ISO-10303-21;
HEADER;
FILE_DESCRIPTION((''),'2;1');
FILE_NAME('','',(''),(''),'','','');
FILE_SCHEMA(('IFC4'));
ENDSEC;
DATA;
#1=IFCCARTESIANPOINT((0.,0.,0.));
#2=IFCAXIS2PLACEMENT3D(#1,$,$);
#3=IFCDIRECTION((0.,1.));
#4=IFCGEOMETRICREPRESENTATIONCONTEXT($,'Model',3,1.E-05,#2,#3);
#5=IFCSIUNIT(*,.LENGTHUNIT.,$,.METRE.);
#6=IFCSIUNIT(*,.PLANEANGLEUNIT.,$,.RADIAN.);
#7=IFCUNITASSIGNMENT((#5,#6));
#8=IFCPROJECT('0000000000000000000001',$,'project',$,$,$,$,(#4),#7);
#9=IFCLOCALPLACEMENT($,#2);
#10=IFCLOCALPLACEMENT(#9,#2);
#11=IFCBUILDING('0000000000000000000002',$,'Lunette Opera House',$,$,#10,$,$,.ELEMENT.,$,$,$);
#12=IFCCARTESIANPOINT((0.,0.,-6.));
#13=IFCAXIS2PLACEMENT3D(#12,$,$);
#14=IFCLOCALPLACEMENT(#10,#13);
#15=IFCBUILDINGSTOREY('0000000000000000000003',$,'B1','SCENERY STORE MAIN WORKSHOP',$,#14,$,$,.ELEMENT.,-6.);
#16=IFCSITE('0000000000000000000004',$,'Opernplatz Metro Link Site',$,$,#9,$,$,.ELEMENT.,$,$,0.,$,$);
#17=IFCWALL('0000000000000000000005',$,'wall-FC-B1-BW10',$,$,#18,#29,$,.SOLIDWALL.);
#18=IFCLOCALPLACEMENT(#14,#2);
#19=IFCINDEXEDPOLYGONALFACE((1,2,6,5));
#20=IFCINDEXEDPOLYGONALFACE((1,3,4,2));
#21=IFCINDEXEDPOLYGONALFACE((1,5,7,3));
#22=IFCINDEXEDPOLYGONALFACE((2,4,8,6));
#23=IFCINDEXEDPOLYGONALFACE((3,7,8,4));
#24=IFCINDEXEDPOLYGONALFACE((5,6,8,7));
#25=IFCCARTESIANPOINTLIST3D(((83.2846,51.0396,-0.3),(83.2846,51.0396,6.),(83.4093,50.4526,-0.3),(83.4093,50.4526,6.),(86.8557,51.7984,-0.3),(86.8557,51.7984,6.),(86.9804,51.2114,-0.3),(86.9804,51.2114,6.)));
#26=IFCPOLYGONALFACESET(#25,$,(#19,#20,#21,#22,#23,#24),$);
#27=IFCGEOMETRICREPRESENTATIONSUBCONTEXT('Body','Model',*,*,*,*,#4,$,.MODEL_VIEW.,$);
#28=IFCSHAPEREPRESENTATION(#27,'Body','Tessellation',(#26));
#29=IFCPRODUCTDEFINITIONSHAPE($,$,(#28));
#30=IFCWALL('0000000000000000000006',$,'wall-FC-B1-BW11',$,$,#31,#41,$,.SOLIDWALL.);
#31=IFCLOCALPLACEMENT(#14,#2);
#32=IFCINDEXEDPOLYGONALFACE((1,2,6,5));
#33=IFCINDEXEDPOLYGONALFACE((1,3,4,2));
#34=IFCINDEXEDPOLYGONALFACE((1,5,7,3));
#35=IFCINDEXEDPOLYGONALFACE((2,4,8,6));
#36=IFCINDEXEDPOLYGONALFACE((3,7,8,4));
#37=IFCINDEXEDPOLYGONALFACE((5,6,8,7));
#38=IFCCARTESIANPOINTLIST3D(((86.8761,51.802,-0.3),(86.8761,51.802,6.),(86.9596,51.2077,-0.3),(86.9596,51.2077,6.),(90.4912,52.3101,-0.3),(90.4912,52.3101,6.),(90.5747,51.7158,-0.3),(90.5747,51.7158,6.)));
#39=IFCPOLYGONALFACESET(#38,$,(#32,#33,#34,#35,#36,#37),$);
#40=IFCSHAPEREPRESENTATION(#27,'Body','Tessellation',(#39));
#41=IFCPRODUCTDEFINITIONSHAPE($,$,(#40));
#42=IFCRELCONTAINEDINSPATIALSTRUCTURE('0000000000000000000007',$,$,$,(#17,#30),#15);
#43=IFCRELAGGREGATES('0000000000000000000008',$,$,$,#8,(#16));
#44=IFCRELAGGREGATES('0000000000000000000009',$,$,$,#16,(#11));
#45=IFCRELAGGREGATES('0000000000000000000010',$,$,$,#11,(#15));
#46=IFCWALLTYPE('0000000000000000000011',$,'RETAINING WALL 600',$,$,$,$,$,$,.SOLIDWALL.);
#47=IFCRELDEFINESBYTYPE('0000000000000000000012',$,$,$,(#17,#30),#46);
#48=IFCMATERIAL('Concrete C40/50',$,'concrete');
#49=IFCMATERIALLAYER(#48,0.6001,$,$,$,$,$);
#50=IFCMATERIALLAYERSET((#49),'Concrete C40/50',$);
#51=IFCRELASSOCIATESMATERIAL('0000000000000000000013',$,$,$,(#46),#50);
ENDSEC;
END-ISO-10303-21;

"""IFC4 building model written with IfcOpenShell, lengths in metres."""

from ifc_helpers import new_model, si_unit, direction, frame, frame_2d, origin, place, context, subcontext, project, spatial, rectangle, extrude, material, layer, layer_set, type_object, element, save


model = new_model("IFC4")

# Units and contexts
model_context = context("Model", 3, precision=1e-05, world=origin(), true_north=direction((0.0, 1.0)))
body_context = subcontext(model_context, "Body", "Model", "MODEL_VIEW")
ifc_project = project(units=[si_unit("LENGTHUNIT", "METRE"), si_unit("PLANEANGLEUNIT", "RADIAN")], contexts=[model_context])

# Site, building, storey
site_placement = place(None, origin())
site = spatial("IfcSite", under=ifc_project, at=site_placement, Name="Opernplatz Metro Link Site", CompositionType="ELEMENT", RefElevation=0.0)
building_placement = place(site_placement, origin())
building = spatial("IfcBuilding", under=site, at=building_placement, Name="Lunette Opera House", CompositionType="ELEMENT")
storey_placement = place(building_placement, frame((0.0, 0.0, -6.0)))
storey = spatial("IfcBuildingStorey", under=building, at=storey_placement, Name="B1", Description="SCENERY STORE MAIN WORKSHOP", CompositionType="ELEMENT", Elevation=-6.0)

# Walls
ifc_material_1 = material(Name="Concrete C40/50", Category="concrete")
ifc_layer_1 = layer(ifc_material_1, 0.6001)
ifc_layer_set_1 = layer_set([ifc_layer_1], Name="Concrete C40/50")
wall_type_1 = type_object("IfcWallType", Name="RETAINING WALL 600", PredefinedType="SOLIDWALL", material=ifc_layer_set_1)
wall_1_placement = place(storey_placement, frame((83.3469, 50.7461, -0.3), z_axis=(0.0, 0.0, 1.0), x_axis=(0.978162, 0.207844, 0.0)))
element("IfcWall", 1, at=wall_1_placement, inside=storey, type_object=wall_type_1, Name="wall-FC-B1-BW10", PredefinedType="SOLIDWALL", context=body_context, shape_type="SweptSolid", body=[
    extrude(rectangle(XDim=3.6509, YDim=0.6001, at=frame_2d((1.8254, 0.0))), origin(), (0.0, 0.0, 1.0), 6.3),
])
wall_2_placement = place(storey_placement, frame((86.918, 51.5049, -0.3), z_axis=(0.0, 0.0, 1.0), x_axis=(0.990268, 0.139174, 0.0)))
element("IfcWall", 2, at=wall_2_placement, inside=storey, type_object=wall_type_1, Name="wall-FC-B1-BW11", PredefinedType="SOLIDWALL", context=body_context, shape_type="SweptSolid", body=[
    extrude(rectangle(XDim=3.6506, YDim=0.6001, at=frame_2d((1.8252, 0.0))), origin(), (0.0, 0.0, 1.0), 6.3),
])

save(model, "model.ifc")
